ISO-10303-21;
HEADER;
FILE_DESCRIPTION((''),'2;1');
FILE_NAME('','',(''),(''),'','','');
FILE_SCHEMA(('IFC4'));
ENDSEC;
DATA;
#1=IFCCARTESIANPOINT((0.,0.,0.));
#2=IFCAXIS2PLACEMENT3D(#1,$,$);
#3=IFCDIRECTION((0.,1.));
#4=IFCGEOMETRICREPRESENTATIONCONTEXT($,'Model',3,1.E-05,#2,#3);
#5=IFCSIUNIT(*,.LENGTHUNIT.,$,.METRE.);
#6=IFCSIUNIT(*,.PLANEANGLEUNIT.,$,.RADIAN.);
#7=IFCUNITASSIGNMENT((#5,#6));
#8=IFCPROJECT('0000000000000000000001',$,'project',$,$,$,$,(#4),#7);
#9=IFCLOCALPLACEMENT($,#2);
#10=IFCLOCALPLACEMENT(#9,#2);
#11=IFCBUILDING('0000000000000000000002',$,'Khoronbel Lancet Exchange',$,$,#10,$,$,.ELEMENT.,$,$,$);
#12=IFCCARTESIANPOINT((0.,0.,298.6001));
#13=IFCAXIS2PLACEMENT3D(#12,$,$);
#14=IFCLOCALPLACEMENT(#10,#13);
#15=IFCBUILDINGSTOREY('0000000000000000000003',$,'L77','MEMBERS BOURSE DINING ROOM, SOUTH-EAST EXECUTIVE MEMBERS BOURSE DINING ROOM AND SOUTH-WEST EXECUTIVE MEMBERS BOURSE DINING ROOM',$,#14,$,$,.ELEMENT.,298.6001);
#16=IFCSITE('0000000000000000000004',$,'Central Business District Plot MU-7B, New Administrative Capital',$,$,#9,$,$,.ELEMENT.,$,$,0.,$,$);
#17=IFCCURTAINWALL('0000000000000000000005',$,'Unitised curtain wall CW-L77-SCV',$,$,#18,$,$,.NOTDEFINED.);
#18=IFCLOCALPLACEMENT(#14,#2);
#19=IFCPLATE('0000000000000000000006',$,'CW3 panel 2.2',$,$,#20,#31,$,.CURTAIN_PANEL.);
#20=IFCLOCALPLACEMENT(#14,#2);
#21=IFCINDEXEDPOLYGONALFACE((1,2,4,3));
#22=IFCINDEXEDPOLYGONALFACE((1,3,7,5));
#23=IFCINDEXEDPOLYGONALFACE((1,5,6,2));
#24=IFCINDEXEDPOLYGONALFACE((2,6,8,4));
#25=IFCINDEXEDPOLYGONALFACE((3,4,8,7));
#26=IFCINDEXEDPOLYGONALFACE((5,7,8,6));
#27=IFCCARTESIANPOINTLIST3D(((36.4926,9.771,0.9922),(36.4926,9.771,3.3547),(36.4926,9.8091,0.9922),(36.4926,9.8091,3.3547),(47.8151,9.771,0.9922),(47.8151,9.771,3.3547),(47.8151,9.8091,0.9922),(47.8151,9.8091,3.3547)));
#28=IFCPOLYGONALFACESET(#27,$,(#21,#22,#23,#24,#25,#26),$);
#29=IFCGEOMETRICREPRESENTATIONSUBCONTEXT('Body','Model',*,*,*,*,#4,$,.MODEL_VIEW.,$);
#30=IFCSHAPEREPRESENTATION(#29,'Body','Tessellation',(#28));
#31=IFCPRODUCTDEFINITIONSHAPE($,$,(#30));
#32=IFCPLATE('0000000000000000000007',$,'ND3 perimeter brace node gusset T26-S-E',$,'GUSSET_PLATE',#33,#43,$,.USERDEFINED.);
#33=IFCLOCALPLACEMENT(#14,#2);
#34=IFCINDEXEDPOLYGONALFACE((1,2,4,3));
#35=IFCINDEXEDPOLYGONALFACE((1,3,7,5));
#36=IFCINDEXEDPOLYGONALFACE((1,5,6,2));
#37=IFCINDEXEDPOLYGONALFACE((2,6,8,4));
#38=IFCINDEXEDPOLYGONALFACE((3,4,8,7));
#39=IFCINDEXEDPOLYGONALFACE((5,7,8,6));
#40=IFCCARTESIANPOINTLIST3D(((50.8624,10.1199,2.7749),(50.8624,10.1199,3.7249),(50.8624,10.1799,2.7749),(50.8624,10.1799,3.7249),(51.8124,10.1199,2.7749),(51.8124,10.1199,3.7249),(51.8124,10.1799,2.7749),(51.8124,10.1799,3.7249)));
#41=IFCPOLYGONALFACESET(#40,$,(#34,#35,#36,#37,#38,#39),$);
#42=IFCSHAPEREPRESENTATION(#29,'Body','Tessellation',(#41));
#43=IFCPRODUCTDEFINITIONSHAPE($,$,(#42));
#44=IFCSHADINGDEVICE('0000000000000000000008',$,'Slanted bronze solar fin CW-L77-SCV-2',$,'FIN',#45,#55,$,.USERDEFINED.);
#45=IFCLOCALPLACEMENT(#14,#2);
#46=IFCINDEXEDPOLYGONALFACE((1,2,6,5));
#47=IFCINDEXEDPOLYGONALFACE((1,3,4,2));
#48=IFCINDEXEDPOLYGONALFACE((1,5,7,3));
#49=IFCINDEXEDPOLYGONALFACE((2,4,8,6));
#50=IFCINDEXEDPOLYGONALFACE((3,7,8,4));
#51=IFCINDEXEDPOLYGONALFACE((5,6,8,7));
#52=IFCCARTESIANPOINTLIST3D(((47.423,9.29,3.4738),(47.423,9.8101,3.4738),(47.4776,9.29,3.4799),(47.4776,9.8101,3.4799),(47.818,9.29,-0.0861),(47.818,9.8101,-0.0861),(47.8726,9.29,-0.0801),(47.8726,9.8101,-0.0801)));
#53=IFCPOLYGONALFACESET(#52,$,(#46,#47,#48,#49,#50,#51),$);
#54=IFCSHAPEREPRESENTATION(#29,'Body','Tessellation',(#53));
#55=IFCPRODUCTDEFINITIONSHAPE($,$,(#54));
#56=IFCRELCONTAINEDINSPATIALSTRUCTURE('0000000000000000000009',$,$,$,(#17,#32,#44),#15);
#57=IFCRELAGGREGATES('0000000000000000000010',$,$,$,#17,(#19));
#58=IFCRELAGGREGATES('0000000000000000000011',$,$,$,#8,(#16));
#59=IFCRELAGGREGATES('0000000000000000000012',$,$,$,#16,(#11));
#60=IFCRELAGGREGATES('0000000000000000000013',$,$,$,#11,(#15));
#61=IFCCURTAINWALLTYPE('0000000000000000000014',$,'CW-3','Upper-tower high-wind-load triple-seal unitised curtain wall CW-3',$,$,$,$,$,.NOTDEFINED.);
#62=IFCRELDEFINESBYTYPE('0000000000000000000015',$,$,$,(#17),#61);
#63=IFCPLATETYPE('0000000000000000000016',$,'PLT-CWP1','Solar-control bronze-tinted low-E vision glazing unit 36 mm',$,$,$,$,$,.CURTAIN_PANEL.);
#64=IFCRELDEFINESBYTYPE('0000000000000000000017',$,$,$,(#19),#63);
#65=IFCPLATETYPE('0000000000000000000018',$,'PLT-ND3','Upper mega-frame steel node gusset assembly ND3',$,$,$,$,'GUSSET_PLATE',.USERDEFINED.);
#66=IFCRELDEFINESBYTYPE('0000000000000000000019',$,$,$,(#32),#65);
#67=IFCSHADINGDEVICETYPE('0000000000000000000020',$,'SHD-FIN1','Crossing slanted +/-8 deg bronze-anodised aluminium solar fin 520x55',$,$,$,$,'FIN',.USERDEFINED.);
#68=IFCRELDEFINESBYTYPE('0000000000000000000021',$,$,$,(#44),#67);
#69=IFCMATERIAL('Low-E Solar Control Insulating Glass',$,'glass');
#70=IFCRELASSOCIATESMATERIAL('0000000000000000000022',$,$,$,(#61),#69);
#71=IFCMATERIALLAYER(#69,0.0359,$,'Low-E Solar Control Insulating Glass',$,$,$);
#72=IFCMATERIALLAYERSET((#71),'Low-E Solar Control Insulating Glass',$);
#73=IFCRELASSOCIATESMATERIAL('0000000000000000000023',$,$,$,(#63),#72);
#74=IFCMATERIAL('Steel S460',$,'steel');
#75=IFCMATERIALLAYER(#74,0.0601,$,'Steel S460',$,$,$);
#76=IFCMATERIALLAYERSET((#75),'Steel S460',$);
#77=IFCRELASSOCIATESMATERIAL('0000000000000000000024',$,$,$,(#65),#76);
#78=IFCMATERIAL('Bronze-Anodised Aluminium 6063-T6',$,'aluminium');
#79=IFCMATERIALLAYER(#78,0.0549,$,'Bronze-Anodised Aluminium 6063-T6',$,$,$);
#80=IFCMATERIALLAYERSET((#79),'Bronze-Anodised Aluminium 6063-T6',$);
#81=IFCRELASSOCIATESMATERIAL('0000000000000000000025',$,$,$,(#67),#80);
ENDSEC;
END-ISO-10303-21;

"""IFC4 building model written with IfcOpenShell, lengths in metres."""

from ifc_helpers import new_model, si_unit, direction, frame, origin, origin_2d, place, context, subcontext, project, spatial, polyline, rectangle, outline, extrude, material, layer, layer_set, type_object, element, aggregate, save


model = new_model("IFC4")

# Units and contexts
model_context = context("Model", 3, precision=1e-05, world=origin(), true_north=direction((0.0, 1.0)))
body_context = subcontext(model_context, "Body", "Model", "MODEL_VIEW")
ifc_project = project(units=[si_unit("LENGTHUNIT", "METRE"), si_unit("PLANEANGLEUNIT", "RADIAN")], contexts=[model_context])

# Site, building, storey
site_placement = place(None, origin())
site = spatial("IfcSite", under=ifc_project, at=site_placement, Name="Central Business District Plot MU-7B, New Administrative Capital", CompositionType="ELEMENT", RefElevation=0.0)
building_placement = place(site_placement, origin())
building = spatial("IfcBuilding", under=site, at=building_placement, Name="Khoronbel Lancet Exchange", CompositionType="ELEMENT")
storey_placement = place(building_placement, frame((0.0, 0.0, 298.6001)))
storey = spatial("IfcBuildingStorey", under=building, at=storey_placement, Name="L77", Description="MEMBERS BOURSE DINING ROOM, SOUTH-EAST EXECUTIVE MEMBERS BOURSE DINING ROOM AND SOUTH-WEST EXECUTIVE MEMBERS BOURSE DINING ROOM", CompositionType="ELEMENT", Elevation=298.6001)

# Shared definitions
ifc_material_1 = material(Name="Steel S460", Category="steel")

# Curtain wall
ifc_material_2 = material(Name="Low-E Solar Control Insulating Glass", Category="glass")
curtain_wall_type = type_object("IfcCurtainWallType", Name="CW-3", Description="Upper-tower high-wind-load triple-seal unitised curtain wall CW-3", PredefinedType="NOTDEFINED", material=ifc_material_2)
curtain_wall_1_placement = place(storey_placement, origin())
curtain_wall_1 = element("IfcCurtainWall", 1, at=curtain_wall_1_placement, inside=storey, type_object=curtain_wall_type, Name="Unitised curtain wall CW-L77-SCV", PredefinedType="NOTDEFINED")
ifc_material_3 = material(Name="Bronze-Anodised Aluminium 6063-T6", Category="aluminium")

# Plates
ifc_layer_1 = layer(ifc_material_2, 0.0359, Name="Low-E Solar Control Insulating Glass")
ifc_layer_set_1 = layer_set([ifc_layer_1], Name="Low-E Solar Control Insulating Glass")
plate_type_1 = type_object("IfcPlateType", Name="PLT-CWP1", Description="Solar-control bronze-tinted low-E vision glazing unit 36 mm", PredefinedType="CURTAIN_PANEL", material=ifc_layer_set_1)
plate_1_placement = place(storey_placement, frame((42.1538, 9.79, 0.9922), z_axis=(0.0, 0.0, 1.0), x_axis=(1.0, 0.0, 0.0)))
plate_1 = element("IfcPlate", 2, at=plate_1_placement, type_object=plate_type_1, Name="CW3 panel 2.2", PredefinedType="CURTAIN_PANEL", context=body_context, shape_type="SweptSolid", body=[
    extrude(rectangle(XDim=11.3225, YDim=0.0381, at=origin_2d()), origin(), (0.0, 0.0, 1.0), 2.3625),
])
aggregate(curtain_wall_1, [plate_1])
ifc_layer_2 = layer(ifc_material_1, 0.0601, Name="Steel S460")
ifc_layer_set_2 = layer_set([ifc_layer_2], Name="Steel S460")
plate_type_2 = type_object("IfcPlateType", Name="PLT-ND3", Description="Upper mega-frame steel node gusset assembly ND3", ElementType="GUSSET_PLATE", PredefinedType="USERDEFINED", material=ifc_layer_set_2)
plate_2_placement = place(storey_placement, frame((51.3374, 10.1499, 2.7749), z_axis=(0.0, 0.0, 1.0), x_axis=(1.0, 0.0, 0.0)))
element("IfcPlate", 3, at=plate_2_placement, inside=storey, type_object=plate_type_2, Name="ND3 perimeter brace node gusset T26-S-E", ObjectType="GUSSET_PLATE", PredefinedType="USERDEFINED", context=body_context, shape_type="SweptSolid", body=[
    extrude(rectangle(XDim=0.95, YDim=0.0601, at=origin_2d()), origin(), (0.0, 0.0, 1.0), 0.95),
])

# Shading device
ifc_layer_3 = layer(ifc_material_3, 0.0549, Name="Bronze-Anodised Aluminium 6063-T6")
ifc_layer_set_3 = layer_set([ifc_layer_3], Name="Bronze-Anodised Aluminium 6063-T6")
shading_device_type = type_object("IfcShadingDeviceType", Name="SHD-FIN1", Description="Crossing slanted +/-8 deg bronze-anodised aluminium solar fin 520x55", ElementType="FIN", PredefinedType="USERDEFINED", material=ifc_layer_set_3)
shading_device_placement = place(storey_placement, frame((47.8726, 9.8101, -0.0801), z_axis=(0.9939, 0.0, 0.110282), x_axis=(0.0, -1.0, 0.0)))
element("IfcShadingDevice", 4, at=shading_device_placement, inside=storey, type_object=shading_device_type, Name="Slanted bronze solar fin CW-L77-SCV-2", ObjectType="FIN", PredefinedType="USERDEFINED", context=body_context, shape_type="SweptSolid", body=[
    extrude(outline(polyline([(0.0, 0.0), (0.52, 0.0), (0.52, -3.5818), (0.0, -3.5818), (0.0, 0.0)])), origin(), (0.0, 0.0, -1.0), 0.0549),
])

save(model, "model.ifc")
